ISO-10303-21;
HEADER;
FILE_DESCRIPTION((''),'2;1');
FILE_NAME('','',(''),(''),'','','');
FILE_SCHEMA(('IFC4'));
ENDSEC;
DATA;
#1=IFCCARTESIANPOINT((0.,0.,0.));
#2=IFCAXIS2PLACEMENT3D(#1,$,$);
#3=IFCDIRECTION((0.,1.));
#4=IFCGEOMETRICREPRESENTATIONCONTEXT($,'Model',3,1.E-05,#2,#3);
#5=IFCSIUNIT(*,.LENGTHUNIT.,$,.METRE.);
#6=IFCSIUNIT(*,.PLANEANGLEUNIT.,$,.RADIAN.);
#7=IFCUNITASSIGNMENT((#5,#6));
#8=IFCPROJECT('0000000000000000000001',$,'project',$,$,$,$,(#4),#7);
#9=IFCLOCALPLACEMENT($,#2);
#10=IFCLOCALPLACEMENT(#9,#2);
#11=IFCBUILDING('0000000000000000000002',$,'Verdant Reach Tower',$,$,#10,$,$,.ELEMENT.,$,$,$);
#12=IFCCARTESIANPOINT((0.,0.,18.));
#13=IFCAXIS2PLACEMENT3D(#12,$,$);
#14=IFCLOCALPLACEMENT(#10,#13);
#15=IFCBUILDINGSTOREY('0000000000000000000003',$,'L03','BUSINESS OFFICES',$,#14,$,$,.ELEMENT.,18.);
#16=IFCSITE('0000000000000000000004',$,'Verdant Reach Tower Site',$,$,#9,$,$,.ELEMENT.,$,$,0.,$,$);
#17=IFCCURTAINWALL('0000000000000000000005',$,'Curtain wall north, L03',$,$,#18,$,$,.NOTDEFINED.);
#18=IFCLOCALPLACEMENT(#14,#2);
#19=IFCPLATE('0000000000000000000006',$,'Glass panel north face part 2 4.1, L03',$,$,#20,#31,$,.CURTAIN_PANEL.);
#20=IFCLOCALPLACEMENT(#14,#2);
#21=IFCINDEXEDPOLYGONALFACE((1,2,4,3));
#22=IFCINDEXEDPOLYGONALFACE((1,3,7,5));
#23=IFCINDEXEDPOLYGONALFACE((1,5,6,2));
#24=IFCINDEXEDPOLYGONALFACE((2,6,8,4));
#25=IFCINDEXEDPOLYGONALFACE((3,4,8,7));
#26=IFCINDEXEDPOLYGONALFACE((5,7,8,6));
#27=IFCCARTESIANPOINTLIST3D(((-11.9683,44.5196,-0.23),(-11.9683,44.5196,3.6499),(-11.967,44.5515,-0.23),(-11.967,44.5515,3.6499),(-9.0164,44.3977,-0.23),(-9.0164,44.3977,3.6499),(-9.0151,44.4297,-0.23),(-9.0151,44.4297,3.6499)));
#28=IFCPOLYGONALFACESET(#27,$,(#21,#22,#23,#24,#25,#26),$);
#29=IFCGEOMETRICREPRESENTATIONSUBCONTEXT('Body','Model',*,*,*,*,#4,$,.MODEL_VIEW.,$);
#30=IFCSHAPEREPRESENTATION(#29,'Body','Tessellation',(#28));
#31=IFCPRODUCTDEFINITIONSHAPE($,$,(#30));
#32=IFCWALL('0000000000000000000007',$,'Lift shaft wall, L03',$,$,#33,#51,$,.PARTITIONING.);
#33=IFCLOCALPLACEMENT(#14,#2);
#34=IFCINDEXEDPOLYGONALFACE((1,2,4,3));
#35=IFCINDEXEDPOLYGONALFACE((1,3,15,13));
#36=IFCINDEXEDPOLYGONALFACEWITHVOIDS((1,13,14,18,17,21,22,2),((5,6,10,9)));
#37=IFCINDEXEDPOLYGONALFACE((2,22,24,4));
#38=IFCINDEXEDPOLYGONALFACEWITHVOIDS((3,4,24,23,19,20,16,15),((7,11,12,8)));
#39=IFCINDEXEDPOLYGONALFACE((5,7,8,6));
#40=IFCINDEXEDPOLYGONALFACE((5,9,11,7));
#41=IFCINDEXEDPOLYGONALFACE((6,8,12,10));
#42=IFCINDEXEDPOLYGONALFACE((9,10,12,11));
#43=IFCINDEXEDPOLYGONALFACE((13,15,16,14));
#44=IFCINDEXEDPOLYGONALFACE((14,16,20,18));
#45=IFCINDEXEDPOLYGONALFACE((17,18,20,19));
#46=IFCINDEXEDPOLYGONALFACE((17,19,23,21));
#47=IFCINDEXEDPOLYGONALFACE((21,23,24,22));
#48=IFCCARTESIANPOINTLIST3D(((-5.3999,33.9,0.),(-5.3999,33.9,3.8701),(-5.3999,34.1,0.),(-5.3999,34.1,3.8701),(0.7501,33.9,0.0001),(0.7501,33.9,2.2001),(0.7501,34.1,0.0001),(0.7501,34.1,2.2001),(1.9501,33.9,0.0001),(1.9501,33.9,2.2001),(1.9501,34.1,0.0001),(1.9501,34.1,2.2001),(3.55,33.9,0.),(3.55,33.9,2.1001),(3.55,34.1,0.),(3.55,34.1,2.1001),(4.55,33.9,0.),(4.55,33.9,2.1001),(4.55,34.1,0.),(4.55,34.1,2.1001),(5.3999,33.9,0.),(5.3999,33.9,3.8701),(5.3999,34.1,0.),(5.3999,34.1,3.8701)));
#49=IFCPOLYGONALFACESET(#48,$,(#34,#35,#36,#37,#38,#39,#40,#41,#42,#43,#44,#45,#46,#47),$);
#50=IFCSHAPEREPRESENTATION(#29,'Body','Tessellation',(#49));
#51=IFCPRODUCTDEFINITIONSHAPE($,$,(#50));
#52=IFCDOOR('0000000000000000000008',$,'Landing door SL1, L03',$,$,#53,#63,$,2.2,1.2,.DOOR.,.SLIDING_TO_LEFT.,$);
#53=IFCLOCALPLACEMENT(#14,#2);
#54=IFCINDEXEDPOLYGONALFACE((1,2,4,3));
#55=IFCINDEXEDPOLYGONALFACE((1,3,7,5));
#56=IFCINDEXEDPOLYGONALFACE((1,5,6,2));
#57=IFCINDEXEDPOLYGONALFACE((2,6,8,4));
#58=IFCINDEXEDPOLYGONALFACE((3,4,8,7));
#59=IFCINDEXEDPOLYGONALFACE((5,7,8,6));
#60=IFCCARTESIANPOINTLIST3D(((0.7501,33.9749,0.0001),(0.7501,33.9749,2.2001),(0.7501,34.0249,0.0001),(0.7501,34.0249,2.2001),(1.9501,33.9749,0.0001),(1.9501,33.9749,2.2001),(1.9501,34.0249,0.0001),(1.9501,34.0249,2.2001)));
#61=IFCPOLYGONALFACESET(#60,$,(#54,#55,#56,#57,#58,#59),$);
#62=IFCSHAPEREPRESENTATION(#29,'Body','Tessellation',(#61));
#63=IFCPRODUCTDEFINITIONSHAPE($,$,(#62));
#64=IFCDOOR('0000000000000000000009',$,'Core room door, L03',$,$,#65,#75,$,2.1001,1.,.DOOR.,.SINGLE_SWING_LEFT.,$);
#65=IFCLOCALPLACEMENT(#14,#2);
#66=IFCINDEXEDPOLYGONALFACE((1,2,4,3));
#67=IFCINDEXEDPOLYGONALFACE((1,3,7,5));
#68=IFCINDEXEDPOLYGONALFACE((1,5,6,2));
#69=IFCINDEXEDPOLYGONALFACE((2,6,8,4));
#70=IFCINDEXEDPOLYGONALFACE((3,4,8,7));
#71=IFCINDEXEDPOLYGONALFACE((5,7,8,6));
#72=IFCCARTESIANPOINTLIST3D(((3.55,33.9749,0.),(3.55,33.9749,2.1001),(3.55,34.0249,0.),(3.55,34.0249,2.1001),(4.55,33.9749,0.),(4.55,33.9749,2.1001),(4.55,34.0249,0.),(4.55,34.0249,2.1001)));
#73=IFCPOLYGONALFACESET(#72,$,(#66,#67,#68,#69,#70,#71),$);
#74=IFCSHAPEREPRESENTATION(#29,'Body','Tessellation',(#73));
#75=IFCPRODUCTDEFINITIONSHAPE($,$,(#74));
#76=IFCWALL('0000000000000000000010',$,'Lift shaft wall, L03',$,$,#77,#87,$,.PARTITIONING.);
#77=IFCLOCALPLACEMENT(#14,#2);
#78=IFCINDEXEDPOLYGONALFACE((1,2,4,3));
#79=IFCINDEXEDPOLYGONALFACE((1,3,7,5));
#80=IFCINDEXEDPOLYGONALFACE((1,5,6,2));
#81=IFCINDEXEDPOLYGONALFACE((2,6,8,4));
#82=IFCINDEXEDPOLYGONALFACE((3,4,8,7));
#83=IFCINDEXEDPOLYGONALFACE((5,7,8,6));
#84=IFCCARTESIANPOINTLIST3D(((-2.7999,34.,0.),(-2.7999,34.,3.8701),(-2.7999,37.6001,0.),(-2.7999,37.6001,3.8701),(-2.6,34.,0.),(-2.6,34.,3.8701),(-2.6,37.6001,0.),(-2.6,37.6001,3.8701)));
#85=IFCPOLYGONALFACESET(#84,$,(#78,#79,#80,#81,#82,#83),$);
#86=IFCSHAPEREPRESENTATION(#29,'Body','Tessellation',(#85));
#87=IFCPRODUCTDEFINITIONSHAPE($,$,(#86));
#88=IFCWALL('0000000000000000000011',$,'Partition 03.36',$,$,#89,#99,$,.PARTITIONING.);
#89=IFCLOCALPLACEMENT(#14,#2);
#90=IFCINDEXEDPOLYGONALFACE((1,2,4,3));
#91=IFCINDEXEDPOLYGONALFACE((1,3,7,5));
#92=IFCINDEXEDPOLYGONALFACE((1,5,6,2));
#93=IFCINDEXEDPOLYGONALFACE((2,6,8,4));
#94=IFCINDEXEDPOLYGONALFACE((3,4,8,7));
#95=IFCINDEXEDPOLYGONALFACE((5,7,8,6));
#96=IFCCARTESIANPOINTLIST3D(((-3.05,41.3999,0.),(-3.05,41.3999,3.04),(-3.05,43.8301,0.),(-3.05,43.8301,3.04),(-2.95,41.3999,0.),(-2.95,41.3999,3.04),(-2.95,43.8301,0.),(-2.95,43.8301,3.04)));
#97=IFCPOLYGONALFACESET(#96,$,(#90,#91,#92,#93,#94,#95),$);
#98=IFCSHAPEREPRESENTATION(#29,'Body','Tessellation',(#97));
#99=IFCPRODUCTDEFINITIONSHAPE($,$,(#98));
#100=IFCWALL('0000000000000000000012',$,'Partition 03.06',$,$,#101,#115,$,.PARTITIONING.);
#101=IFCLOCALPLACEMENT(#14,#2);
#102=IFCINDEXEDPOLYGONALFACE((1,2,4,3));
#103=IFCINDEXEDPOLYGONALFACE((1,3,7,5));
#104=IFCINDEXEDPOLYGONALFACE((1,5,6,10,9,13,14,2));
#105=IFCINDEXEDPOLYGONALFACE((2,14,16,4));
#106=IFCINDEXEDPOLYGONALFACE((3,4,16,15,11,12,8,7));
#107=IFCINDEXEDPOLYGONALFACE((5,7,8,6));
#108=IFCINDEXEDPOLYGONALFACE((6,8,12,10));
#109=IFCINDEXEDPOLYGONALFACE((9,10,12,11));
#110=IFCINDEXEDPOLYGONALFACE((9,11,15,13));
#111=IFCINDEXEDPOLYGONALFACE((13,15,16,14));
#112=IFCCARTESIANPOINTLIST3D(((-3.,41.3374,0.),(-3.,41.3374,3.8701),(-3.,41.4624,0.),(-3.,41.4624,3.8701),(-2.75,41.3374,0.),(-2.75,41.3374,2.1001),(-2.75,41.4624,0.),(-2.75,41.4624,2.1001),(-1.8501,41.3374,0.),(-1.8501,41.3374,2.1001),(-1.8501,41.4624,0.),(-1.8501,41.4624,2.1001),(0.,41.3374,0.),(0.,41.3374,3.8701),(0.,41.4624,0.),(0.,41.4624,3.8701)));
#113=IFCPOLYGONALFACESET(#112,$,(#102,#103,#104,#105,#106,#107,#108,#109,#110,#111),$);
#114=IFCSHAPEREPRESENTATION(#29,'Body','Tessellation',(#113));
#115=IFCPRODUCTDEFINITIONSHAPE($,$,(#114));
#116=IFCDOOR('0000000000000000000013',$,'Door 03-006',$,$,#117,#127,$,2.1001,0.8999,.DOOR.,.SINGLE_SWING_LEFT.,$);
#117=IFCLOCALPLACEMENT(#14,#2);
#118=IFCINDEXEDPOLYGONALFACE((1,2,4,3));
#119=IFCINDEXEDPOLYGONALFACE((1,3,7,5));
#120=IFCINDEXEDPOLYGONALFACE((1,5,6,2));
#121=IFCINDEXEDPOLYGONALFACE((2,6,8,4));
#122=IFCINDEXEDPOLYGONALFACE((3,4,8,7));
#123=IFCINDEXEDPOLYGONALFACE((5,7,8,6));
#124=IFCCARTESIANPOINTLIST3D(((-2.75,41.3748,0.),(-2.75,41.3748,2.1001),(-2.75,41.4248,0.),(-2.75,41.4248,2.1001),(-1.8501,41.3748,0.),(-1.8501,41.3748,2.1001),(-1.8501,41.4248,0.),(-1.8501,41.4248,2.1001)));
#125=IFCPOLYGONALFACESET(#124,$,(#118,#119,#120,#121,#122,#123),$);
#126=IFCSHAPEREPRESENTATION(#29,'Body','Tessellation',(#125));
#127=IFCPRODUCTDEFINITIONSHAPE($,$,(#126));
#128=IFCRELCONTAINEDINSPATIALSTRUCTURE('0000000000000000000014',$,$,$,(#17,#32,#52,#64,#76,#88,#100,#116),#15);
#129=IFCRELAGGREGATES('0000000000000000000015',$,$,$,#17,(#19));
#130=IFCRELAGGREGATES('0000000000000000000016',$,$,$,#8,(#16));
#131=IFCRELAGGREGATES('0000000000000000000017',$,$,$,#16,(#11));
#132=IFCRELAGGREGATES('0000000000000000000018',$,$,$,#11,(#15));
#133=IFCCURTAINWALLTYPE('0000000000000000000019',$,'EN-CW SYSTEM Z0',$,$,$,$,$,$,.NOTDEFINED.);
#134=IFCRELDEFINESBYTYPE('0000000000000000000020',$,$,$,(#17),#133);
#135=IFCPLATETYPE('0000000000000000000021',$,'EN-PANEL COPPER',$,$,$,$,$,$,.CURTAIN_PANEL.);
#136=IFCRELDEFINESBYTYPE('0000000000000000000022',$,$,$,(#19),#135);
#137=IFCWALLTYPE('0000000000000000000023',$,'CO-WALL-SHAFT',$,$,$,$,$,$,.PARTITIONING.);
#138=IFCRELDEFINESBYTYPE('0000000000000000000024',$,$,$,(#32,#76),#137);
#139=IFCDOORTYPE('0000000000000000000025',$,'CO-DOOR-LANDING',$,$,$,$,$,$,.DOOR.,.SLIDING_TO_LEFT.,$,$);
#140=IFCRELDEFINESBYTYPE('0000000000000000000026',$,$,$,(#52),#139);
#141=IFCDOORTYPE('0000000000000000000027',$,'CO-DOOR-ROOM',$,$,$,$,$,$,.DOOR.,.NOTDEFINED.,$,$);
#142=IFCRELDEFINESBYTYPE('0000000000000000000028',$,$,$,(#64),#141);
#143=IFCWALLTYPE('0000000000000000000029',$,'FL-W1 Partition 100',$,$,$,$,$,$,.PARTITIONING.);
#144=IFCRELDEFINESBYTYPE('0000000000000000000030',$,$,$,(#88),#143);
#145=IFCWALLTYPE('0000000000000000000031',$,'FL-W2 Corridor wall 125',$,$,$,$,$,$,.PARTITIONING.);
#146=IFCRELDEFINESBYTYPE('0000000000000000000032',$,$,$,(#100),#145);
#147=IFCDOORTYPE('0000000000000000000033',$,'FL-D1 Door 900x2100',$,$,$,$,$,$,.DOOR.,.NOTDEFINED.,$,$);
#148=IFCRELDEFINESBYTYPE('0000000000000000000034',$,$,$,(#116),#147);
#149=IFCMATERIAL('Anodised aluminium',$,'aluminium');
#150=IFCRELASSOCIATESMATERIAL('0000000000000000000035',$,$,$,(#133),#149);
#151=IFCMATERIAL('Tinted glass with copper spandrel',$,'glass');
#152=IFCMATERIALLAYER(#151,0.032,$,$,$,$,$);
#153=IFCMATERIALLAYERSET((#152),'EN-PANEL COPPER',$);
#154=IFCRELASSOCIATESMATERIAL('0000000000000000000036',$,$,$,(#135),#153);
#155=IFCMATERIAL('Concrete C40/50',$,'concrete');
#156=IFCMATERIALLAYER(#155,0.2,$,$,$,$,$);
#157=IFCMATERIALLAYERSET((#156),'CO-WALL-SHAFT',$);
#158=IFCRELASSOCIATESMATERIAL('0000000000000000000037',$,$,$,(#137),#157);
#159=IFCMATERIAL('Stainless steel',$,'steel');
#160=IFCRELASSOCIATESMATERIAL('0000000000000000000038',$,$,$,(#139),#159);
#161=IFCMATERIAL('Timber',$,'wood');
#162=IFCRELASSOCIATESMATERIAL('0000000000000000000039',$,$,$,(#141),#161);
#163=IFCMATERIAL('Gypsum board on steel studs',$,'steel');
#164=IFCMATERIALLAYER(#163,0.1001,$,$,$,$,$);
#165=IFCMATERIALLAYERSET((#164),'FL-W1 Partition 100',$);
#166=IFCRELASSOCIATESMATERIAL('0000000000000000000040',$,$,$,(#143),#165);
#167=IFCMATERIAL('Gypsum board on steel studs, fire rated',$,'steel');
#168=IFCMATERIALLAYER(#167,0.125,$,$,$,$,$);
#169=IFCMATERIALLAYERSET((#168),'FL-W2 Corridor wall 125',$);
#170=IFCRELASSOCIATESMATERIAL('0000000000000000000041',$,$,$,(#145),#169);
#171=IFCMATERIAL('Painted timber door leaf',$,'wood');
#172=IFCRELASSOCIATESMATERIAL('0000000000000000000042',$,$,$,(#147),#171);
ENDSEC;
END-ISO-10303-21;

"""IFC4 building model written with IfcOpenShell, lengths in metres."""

from ifc_helpers import new_model, si_unit, direction, frame, frame_2d, origin, origin_2d, place, context, subcontext, project, spatial, rectangle, extrude, material, layer, layer_set, type_object, element, fill, aggregate, save


model = new_model("IFC4")

# Units and contexts
model_context = context("Model", 3, precision=1e-05, world=origin(), true_north=direction((0.0, 1.0)))
body_context = subcontext(model_context, "Body", "Model", "MODEL_VIEW")
ifc_project = project(units=[si_unit("LENGTHUNIT", "METRE"), si_unit("PLANEANGLEUNIT", "RADIAN")], contexts=[model_context])

# Site, building, storey
site_placement = place(None, origin())
site = spatial("IfcSite", under=ifc_project, at=site_placement, Name="Verdant Reach Tower Site", CompositionType="ELEMENT", RefElevation=0.0)
building_placement = place(site_placement, origin())
building = spatial("IfcBuilding", under=site, at=building_placement, Name="Verdant Reach Tower", CompositionType="ELEMENT")
storey_placement = place(building_placement, frame((0.0, 0.0, 18.0)))
storey = spatial("IfcBuildingStorey", under=building, at=storey_placement, Name="L03", Description="BUSINESS OFFICES", CompositionType="ELEMENT", Elevation=18.0)

# Curtain wall
ifc_material_1 = material(Name="Anodised aluminium", Category="aluminium")
curtain_wall_type = type_object("IfcCurtainWallType", Name="EN-CW SYSTEM Z0", PredefinedType="NOTDEFINED", material=ifc_material_1)
curtain_wall_placement = place(storey_placement, origin())
curtain_wall = element("IfcCurtainWall", 1, at=curtain_wall_placement, inside=storey, type_object=curtain_wall_type, Name="Curtain wall north, L03", PredefinedType="NOTDEFINED")

# Plate
ifc_material_2 = material(Name="Tinted glass with copper spandrel", Category="glass")
ifc_layer_1 = layer(ifc_material_2, 0.032)
ifc_layer_set_1 = layer_set([ifc_layer_1], Name="EN-PANEL COPPER")
plate_type_1 = type_object("IfcPlateType", Name="EN-PANEL COPPER", PredefinedType="CURTAIN_PANEL", material=ifc_layer_set_1)
plate_1_placement = place(storey_placement, frame((-10.4917, 44.4746, -0.23), z_axis=(0.0, 0.0, 1.0), x_axis=(-0.999149, 0.041242, 0.0)))
plate_1 = element("IfcPlate", 2, at=plate_1_placement, type_object=plate_type_1, Name="Glass panel north face part 2 4.1, L03", PredefinedType="CURTAIN_PANEL", context=body_context, shape_type="SweptSolid", body=[
    extrude(rectangle(XDim=2.9543, YDim=0.032, at=origin_2d()), origin(), (0.0, 0.0, 1.0), 3.8799),
])
aggregate(curtain_wall, [plate_1])

# Wall, openings, doors
ifc_material_3 = material(Name="Concrete C40/50", Category="concrete")
ifc_layer_2 = layer(ifc_material_3, 0.2)
ifc_layer_set_2 = layer_set([ifc_layer_2], Name="CO-WALL-SHAFT")
wall_type_1 = type_object("IfcWallType", Name="CO-WALL-SHAFT", PredefinedType="PARTITIONING", material=ifc_layer_set_2)
wall_1_placement = place(storey_placement, frame((-5.3999, 34.0, 0.0), z_axis=(0.0, 0.0, 1.0), x_axis=(1.0, 0.0, 0.0)))
wall_1 = element("IfcWall", 3, at=wall_1_placement, inside=storey, type_object=wall_type_1, Name="Lift shaft wall, L03", PredefinedType="PARTITIONING", context=body_context, shape_type="SweptSolid", body=[
    extrude(rectangle(XDim=10.7998, YDim=0.2, at=frame_2d((5.3999, 0.0))), origin(), (0.0, 0.0, 1.0), 3.8701),
])
opening_1_placement = place(wall_1_placement, frame((6.1499, 0.0, 0.0)))
opening_1 = element("IfcOpeningElement", 4, at=opening_1_placement, cuts=wall_1, PredefinedType="OPENING", context=body_context, shape_type="SweptSolid", body=[
    extrude(rectangle(XDim=1.2, YDim=2.2, at=frame_2d((0.6001, 1.1001))), frame((0.0, 0.1099, 0.0), z_axis=(0.0, -1.0, 0.0), x_axis=(1.0, 0.0, 0.0)), (0.0, 0.0, 1.0), 0.22),
])
opening_2_placement = place(wall_1_placement, frame((8.95, 0.0, 0.0)))
opening_2 = element("IfcOpeningElement", 5, at=opening_2_placement, cuts=wall_1, PredefinedType="OPENING", context=body_context, shape_type="SweptSolid", body=[
    extrude(rectangle(XDim=1.0, YDim=2.1001, at=frame_2d((0.5, 1.05))), frame((0.0, 0.1099, 0.0), z_axis=(0.0, -1.0, 0.0), x_axis=(1.0, 0.0, 0.0)), (0.0, 0.0, 1.0), 0.22),
])
ifc_material_4 = material(Name="Stainless steel", Category="steel")
door_type_1 = type_object("IfcDoorType", Name="CO-DOOR-LANDING", OperationType="SLIDING_TO_LEFT", PredefinedType="DOOR", material=ifc_material_4)
door_1_placement = place(opening_1_placement, origin())
door_1 = element("IfcDoor", 6, at=door_1_placement, inside=storey, type_object=door_type_1, Name="Landing door SL1, L03", OperationType="SLIDING_TO_LEFT", OverallHeight=2.2, OverallWidth=1.2, PredefinedType="DOOR", context=body_context, shape_type="SweptSolid", body=[
    extrude(rectangle(XDim=1.2, YDim=2.2, at=frame_2d((0.6001, 1.1001))), frame((0.0, 0.0249, 0.0), z_axis=(0.0, -1.0, 0.0), x_axis=(1.0, 0.0, 0.0)), (0.0, 0.0, 1.0), 0.05),
])
fill(opening_1, door_1)
ifc_material_5 = material(Name="Timber", Category="wood")
door_type_2 = type_object("IfcDoorType", Name="CO-DOOR-ROOM", OperationType="NOTDEFINED", PredefinedType="DOOR", material=ifc_material_5)
door_2_placement = place(opening_2_placement, origin())
door_2 = element("IfcDoor", 7, at=door_2_placement, inside=storey, type_object=door_type_2, Name="Core room door, L03", OperationType="SINGLE_SWING_LEFT", OverallHeight=2.1001, OverallWidth=1.0, PredefinedType="DOOR", context=body_context, shape_type="SweptSolid", body=[
    extrude(rectangle(XDim=1.0, YDim=2.1001, at=frame_2d((0.5, 1.05))), frame((0.0, 0.0249, 0.0), z_axis=(0.0, -1.0, 0.0), x_axis=(1.0, 0.0, 0.0)), (0.0, 0.0, 1.0), 0.05),
])
fill(opening_2, door_2)

# Walls
wall_2_placement = place(storey_placement, frame((-2.7, 34.0, 0.0), z_axis=(0.0, 0.0, 1.0), x_axis=(0.0, 1.0, 0.0)))
element("IfcWall", 8, at=wall_2_placement, inside=storey, type_object=wall_type_1, Name="Lift shaft wall, L03", PredefinedType="PARTITIONING", context=body_context, shape_type="SweptSolid", body=[
    extrude(rectangle(XDim=3.6001, YDim=0.2, at=frame_2d((1.8, 0.0))), origin(), (0.0, 0.0, 1.0), 3.8701),
])
ifc_material_6 = material(Name="Gypsum board on steel studs", Category="steel")
ifc_layer_3 = layer(ifc_material_6, 0.1001)
ifc_layer_set_3 = layer_set([ifc_layer_3], Name="FL-W1 Partition 100")
wall_type_2 = type_object("IfcWallType", Name="FL-W1 Partition 100", PredefinedType="PARTITIONING", material=ifc_layer_set_3)
wall_3_placement = place(storey_placement, frame((-3.0, 41.3999, 0.0), z_axis=(0.0, 0.0, 1.0), x_axis=(0.0, 1.0, 0.0)))
element("IfcWall", 9, at=wall_3_placement, inside=storey, type_object=wall_type_2, Name="Partition 03.36", PredefinedType="PARTITIONING", context=body_context, shape_type="SweptSolid", body=[
    extrude(rectangle(XDim=2.4302, YDim=0.1001, at=frame_2d((1.2151, 0.0))), origin(), (0.0, 0.0, 1.0), 3.04),
])

# Wall, opening, door
ifc_material_7 = material(Name="Gypsum board on steel studs, fire rated", Category="steel")
ifc_layer_4 = layer(ifc_material_7, 0.125)
ifc_layer_set_4 = layer_set([ifc_layer_4], Name="FL-W2 Corridor wall 125")
wall_type_3 = type_object("IfcWallType", Name="FL-W2 Corridor wall 125", PredefinedType="PARTITIONING", material=ifc_layer_set_4)
wall_4_placement = place(storey_placement, frame((-3.0, 41.3999, 0.0), z_axis=(0.0, 0.0, 1.0), x_axis=(1.0, 0.0, 0.0)))
wall_4 = element("IfcWall", 10, at=wall_4_placement, inside=storey, type_object=wall_type_3, Name="Partition 03.06", PredefinedType="PARTITIONING", context=body_context, shape_type="SweptSolid", body=[
    extrude(rectangle(XDim=3.0, YDim=0.125, at=frame_2d((1.5, 0.0))), origin(), (0.0, 0.0, 1.0), 3.8701),
])
opening_3_placement = place(wall_4_placement, frame((0.25, 0.0, 0.0)))
opening_3 = element("IfcOpeningElement", 11, at=opening_3_placement, cuts=wall_4, PredefinedType="OPENING", context=body_context, shape_type="SweptSolid", body=[
    extrude(rectangle(XDim=0.8999, YDim=2.1001, at=frame_2d((0.45, 1.05))), frame((0.0, 0.0725, 0.0), z_axis=(0.0, -1.0, 0.0), x_axis=(1.0, 0.0, 0.0)), (0.0, 0.0, 1.0), 0.145),
])
ifc_material_8 = material(Name="Painted timber door leaf", Category="wood")
door_type_3 = type_object("IfcDoorType", Name="FL-D1 Door 900x2100", OperationType="NOTDEFINED", PredefinedType="DOOR", material=ifc_material_8)
door_3_placement = place(opening_3_placement, origin())
door_3 = element("IfcDoor", 12, at=door_3_placement, inside=storey, type_object=door_type_3, Name="Door 03-006", OperationType="SINGLE_SWING_LEFT", OverallHeight=2.1001, OverallWidth=0.8999, PredefinedType="DOOR", context=body_context, shape_type="SweptSolid", body=[
    extrude(rectangle(XDim=0.8999, YDim=2.1001, at=frame_2d((0.45, 1.05))), frame((0.0, 0.0249, 0.0), z_axis=(0.0, -1.0, 0.0), x_axis=(1.0, 0.0, 0.0)), (0.0, 0.0, 1.0), 0.05),
])
fill(opening_3, door_3)

save(model, "model.ifc")
